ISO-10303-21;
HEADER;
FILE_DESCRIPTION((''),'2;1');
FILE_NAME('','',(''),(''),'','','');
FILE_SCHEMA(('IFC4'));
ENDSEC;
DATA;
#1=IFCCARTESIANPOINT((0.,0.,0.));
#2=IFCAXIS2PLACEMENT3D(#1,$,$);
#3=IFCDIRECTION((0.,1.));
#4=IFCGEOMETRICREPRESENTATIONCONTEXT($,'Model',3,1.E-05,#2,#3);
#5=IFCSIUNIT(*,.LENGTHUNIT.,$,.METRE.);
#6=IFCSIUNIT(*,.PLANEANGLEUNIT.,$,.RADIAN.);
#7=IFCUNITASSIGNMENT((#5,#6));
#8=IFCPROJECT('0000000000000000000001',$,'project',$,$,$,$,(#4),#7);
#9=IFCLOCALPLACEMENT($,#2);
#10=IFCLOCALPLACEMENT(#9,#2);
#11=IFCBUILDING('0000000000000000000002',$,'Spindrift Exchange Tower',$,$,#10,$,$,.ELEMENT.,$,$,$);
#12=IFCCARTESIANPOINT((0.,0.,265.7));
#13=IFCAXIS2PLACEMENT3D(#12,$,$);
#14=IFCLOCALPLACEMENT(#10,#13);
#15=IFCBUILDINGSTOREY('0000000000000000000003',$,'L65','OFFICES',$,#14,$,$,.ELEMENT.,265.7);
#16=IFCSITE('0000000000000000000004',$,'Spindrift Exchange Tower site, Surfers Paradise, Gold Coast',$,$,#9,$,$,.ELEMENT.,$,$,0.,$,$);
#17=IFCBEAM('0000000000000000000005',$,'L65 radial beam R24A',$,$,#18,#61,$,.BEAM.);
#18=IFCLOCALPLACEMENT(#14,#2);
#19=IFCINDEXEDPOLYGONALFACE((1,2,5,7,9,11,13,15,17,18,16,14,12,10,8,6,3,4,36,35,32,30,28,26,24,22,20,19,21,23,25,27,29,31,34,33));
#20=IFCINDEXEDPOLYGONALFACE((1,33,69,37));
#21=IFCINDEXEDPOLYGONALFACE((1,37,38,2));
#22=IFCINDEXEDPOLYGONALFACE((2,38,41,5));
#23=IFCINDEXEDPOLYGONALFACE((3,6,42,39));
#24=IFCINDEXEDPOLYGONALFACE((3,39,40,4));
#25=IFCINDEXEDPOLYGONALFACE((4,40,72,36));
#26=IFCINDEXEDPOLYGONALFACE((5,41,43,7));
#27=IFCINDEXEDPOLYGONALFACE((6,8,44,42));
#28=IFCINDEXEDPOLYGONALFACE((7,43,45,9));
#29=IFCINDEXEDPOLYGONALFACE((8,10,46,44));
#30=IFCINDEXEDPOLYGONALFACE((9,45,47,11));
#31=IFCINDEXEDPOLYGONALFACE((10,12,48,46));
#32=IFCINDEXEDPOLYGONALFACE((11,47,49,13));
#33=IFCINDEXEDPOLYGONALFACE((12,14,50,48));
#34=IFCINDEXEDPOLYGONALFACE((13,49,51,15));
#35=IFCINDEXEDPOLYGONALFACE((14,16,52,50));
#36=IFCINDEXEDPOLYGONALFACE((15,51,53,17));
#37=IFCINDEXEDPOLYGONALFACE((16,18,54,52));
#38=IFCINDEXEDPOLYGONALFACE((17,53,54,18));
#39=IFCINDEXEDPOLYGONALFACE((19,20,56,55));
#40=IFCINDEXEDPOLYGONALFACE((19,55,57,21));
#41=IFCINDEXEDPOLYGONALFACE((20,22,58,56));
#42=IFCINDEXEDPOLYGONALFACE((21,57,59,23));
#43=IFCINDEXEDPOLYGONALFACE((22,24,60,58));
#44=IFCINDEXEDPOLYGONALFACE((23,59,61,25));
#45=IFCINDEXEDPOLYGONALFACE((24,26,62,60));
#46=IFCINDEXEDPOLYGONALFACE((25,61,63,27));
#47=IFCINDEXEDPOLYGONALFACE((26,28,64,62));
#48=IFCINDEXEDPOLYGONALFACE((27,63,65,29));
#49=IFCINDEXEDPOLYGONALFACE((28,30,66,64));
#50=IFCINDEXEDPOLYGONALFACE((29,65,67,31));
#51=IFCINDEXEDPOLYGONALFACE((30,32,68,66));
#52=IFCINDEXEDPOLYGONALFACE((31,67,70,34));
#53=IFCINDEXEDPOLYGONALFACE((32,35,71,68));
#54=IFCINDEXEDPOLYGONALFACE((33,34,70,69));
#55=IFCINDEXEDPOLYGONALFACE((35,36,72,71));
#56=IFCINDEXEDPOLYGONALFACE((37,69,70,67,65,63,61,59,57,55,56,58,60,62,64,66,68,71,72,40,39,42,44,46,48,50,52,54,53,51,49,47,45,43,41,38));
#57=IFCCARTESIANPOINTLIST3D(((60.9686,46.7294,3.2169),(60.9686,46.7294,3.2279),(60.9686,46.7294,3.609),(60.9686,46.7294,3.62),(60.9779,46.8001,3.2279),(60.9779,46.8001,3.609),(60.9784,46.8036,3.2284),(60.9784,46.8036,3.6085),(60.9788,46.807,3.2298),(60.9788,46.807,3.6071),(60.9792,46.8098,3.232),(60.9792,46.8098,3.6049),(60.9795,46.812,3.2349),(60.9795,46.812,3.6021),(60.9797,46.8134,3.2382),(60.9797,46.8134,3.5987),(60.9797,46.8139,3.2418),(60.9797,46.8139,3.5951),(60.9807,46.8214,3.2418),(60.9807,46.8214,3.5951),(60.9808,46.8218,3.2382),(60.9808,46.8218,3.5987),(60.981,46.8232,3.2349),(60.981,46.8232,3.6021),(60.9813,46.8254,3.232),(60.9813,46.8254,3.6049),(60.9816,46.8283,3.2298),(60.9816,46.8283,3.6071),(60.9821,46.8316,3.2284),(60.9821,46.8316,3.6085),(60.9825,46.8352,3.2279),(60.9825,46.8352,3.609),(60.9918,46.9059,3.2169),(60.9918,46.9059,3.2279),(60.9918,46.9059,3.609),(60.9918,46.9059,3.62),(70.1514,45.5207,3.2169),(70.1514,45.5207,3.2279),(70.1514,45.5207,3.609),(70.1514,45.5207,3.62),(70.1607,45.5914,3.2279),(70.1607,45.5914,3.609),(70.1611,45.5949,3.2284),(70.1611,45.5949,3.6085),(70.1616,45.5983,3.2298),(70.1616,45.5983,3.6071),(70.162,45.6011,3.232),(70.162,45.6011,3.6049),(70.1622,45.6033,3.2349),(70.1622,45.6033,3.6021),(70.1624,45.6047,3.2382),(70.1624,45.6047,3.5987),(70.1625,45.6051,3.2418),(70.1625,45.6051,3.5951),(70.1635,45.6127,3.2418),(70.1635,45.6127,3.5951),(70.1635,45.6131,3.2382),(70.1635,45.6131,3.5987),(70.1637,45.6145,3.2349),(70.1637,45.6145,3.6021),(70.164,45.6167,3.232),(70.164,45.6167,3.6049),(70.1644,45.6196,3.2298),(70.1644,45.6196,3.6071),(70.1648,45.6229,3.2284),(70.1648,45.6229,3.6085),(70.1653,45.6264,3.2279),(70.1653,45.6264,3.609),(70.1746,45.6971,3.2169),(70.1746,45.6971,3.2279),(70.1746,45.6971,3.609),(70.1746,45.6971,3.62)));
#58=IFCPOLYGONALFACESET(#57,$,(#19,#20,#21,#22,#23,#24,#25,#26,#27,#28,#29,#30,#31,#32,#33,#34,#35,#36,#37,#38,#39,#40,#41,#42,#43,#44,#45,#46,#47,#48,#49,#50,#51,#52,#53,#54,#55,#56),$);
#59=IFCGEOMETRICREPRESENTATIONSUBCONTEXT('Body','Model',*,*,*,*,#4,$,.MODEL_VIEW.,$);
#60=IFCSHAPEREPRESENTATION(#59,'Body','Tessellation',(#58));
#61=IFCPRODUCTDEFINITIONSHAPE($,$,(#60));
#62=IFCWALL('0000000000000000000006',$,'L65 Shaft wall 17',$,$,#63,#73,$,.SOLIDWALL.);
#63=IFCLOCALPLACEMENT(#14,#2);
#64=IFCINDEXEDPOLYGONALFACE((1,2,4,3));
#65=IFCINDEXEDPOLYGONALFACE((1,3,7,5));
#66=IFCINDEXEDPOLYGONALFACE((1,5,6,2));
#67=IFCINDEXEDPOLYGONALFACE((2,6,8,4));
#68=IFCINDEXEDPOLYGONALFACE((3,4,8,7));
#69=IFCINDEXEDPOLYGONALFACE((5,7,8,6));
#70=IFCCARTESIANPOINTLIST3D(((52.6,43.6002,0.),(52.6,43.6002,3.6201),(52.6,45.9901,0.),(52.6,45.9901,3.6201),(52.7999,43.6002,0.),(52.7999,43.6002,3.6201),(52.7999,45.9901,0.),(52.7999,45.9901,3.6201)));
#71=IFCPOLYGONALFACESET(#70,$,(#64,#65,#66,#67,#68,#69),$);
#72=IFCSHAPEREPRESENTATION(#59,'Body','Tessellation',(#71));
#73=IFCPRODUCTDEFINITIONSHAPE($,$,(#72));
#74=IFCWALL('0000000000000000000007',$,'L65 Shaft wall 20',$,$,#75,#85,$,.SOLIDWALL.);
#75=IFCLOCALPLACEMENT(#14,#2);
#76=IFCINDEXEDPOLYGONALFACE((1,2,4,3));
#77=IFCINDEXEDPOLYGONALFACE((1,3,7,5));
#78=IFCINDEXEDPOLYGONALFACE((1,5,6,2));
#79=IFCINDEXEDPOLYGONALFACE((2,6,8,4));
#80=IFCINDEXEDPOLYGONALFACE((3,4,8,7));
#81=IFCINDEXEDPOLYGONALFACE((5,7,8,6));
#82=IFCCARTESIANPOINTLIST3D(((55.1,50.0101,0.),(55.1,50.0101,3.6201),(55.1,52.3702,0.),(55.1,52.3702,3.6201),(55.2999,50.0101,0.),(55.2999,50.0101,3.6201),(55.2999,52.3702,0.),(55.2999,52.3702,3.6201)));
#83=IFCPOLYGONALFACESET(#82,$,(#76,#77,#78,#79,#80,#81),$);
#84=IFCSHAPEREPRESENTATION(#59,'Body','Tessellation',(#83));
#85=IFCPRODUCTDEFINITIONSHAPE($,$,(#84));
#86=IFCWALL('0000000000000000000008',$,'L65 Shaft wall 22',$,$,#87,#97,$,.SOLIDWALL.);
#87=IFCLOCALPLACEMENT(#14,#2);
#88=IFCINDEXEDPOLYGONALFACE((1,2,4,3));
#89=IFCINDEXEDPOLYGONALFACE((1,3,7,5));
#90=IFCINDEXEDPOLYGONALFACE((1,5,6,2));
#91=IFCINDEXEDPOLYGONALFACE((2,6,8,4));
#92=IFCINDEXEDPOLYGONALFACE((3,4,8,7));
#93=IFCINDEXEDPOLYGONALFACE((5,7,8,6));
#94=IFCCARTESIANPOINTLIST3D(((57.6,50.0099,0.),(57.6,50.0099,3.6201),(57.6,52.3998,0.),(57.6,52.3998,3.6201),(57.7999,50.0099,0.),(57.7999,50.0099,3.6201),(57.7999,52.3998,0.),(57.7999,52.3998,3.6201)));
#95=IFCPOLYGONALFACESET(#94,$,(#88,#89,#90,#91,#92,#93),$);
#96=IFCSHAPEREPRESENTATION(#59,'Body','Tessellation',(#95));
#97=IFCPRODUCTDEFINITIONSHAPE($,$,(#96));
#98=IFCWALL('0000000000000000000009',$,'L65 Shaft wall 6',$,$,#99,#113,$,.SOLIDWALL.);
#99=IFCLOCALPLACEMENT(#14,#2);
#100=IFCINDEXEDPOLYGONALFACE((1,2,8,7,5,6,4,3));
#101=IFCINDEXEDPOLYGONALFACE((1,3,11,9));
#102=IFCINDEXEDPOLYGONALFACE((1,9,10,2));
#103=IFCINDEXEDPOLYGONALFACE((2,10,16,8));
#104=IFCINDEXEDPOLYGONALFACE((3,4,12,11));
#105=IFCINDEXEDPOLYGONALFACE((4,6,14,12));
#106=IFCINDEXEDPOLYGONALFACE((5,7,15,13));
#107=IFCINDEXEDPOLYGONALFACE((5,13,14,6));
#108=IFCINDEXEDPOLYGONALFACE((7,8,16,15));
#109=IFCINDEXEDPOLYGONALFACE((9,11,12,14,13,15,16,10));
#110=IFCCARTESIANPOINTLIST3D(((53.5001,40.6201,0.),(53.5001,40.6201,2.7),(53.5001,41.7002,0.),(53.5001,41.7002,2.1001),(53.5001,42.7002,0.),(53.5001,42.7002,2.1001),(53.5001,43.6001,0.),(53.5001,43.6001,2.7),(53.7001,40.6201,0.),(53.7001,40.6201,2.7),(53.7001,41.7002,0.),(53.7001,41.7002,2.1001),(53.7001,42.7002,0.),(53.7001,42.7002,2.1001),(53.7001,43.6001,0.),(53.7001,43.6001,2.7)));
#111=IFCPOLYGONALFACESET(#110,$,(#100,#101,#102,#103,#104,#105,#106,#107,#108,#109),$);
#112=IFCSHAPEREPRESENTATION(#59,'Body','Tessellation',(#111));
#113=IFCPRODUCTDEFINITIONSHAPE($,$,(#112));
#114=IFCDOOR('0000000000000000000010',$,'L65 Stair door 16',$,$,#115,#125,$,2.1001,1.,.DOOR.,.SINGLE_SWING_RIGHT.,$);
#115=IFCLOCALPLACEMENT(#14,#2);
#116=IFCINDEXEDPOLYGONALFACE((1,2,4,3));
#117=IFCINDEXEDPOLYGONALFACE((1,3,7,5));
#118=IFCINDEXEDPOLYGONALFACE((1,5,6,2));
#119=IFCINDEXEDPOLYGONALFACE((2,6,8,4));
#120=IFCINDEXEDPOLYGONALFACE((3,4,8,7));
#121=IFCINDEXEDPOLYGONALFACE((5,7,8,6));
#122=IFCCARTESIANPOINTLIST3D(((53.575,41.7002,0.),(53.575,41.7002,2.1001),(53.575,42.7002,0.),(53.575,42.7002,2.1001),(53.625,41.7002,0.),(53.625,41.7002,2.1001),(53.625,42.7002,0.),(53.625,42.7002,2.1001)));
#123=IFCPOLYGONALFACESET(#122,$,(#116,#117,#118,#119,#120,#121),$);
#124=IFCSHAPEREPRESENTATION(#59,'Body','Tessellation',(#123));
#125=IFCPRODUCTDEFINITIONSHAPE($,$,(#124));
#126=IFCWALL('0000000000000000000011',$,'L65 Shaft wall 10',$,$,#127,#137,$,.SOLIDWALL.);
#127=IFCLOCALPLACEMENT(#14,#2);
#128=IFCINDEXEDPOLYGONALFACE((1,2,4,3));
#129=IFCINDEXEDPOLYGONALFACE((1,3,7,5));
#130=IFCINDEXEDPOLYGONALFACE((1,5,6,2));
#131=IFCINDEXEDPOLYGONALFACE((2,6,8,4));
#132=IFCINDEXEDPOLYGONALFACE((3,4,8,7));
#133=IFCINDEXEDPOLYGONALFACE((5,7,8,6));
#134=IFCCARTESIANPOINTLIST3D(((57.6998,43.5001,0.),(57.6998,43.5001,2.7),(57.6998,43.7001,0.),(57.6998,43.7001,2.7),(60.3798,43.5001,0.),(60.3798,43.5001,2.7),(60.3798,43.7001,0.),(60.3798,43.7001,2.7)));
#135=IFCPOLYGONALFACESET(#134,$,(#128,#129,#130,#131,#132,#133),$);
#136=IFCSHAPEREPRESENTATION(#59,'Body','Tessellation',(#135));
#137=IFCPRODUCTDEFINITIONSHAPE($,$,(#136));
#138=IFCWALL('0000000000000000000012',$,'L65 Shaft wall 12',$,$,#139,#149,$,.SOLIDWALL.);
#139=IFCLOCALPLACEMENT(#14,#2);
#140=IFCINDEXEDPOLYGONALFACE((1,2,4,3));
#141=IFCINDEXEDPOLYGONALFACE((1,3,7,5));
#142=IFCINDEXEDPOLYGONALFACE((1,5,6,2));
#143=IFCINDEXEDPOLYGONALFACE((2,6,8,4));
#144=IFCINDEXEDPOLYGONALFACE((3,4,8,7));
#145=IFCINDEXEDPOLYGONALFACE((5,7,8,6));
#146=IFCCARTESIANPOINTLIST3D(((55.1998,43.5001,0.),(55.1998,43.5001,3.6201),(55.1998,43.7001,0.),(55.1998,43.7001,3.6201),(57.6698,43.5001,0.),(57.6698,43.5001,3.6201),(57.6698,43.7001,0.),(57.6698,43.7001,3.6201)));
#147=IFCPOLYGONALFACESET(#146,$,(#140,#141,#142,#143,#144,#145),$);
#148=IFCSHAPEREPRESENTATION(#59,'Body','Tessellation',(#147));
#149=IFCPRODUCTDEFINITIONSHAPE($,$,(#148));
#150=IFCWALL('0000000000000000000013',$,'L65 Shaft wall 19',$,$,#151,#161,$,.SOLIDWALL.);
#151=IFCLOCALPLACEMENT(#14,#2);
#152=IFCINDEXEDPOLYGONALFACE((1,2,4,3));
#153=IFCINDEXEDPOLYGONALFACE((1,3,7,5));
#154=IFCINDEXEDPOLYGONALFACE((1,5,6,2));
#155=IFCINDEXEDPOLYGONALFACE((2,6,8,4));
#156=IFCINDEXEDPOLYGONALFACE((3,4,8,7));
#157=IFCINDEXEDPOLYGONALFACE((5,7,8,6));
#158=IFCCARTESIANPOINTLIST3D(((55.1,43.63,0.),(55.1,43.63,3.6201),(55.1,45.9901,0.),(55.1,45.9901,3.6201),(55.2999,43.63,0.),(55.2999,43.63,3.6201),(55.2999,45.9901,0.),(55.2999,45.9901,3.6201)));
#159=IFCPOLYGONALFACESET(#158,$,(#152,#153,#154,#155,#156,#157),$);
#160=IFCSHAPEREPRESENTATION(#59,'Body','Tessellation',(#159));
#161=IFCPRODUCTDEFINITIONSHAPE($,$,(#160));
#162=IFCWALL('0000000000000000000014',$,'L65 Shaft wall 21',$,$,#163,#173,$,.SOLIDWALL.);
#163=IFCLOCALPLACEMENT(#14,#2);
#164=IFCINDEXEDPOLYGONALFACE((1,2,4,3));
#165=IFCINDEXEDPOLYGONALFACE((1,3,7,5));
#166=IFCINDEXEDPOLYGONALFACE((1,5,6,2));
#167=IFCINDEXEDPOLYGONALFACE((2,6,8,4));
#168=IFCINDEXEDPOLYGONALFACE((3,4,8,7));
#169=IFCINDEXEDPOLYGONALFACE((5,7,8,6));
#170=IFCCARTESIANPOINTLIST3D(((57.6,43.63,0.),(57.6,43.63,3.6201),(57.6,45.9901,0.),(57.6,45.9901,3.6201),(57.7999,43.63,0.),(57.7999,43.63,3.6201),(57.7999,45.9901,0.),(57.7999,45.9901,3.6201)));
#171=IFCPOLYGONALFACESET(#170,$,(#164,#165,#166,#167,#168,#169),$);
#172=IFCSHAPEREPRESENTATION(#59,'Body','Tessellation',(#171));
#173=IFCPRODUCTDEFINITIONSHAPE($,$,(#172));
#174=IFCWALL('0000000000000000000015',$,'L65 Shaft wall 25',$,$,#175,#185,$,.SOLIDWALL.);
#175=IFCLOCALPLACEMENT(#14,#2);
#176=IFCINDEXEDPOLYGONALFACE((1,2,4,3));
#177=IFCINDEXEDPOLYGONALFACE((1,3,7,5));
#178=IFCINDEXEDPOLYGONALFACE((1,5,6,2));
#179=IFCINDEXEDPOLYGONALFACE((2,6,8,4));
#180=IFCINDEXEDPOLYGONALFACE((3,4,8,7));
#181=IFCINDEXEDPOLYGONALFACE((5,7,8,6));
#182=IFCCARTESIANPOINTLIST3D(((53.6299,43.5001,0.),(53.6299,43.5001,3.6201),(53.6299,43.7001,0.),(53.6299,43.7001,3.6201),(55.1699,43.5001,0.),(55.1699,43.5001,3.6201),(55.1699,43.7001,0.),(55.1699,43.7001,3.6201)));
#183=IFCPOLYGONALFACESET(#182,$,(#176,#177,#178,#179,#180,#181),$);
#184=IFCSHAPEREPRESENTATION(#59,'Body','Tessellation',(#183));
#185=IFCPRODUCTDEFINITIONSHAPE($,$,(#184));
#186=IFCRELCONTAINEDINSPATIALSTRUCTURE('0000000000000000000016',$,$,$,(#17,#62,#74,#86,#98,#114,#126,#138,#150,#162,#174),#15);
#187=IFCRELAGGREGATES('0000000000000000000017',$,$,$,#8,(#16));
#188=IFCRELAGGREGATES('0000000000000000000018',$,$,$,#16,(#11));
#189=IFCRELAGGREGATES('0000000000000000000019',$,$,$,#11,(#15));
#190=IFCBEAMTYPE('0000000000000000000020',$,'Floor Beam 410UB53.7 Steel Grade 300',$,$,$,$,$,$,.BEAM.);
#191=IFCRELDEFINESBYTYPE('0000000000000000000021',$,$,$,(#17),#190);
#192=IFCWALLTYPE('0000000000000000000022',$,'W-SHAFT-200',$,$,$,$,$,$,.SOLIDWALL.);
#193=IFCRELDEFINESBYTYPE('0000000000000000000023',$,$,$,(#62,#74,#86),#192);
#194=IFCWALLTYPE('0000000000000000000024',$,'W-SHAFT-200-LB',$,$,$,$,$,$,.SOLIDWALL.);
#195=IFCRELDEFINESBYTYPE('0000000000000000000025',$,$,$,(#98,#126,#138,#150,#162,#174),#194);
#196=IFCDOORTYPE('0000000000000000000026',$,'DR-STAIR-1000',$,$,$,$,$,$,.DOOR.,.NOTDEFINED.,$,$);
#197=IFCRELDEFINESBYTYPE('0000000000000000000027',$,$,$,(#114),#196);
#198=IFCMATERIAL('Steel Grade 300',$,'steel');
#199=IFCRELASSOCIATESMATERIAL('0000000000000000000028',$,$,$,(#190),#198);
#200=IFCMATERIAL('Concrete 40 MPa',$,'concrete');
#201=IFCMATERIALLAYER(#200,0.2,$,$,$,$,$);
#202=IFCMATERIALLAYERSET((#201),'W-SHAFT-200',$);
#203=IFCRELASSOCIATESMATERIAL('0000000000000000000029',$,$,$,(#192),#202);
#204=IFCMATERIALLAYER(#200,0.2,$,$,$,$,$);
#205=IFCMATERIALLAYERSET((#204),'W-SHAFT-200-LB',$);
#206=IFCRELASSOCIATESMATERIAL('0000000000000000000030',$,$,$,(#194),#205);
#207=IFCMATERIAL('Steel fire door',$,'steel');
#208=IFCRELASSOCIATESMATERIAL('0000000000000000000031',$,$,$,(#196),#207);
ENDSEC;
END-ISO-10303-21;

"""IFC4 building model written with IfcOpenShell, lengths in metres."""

from ifc_helpers import new_model, si_unit, direction, frame, frame_2d, origin, origin_2d, place, context, subcontext, project, spatial, rectangle, i_section, extrude, source, transform, mapped, material, layer, layer_set, material_profile, profile_set, type_object, element, fill, save


model = new_model("IFC4")

# Units and contexts
model_context = context("Model", 3, precision=1e-05, world=origin(), true_north=direction((0.0, 1.0)))
body_context = subcontext(model_context, "Body", "Model", "MODEL_VIEW")
ifc_project = project(units=[si_unit("LENGTHUNIT", "METRE"), si_unit("PLANEANGLEUNIT", "RADIAN")], contexts=[model_context])

# Site, building, storey
site_placement = place(None, origin())
site = spatial("IfcSite", under=ifc_project, at=site_placement, Name="Spindrift Exchange Tower site, Surfers Paradise, Gold Coast", CompositionType="ELEMENT", RefElevation=0.0)
building_placement = place(site_placement, origin())
building = spatial("IfcBuilding", under=site, at=building_placement, Name="Spindrift Exchange Tower", CompositionType="ELEMENT")
storey_placement = place(building_placement, frame((0.0, 0.0, 265.7)))
storey = spatial("IfcBuildingStorey", under=building, at=storey_placement, Name="L65", Description="OFFICES", CompositionType="ELEMENT", Elevation=265.7)

# Beam
ifc_material_1 = material(Name="Steel Grade 300", Category="steel")
ifc_material_profile_1 = material_profile(ifc_material_1, i_section(OverallWidth=0.178, OverallDepth=0.4031, WebThickness=0.0076, FlangeThickness=0.011, FilletRadius=0.0139, at=origin_2d()), Name="410UB53.7")
ifc_profile_set_1 = profile_set([ifc_material_profile_1], Name="Steel Grade 300")
beam_type_1 = type_object("IfcBeamType", Name="Floor Beam 410UB53.7 Steel Grade 300", PredefinedType="BEAM", material=ifc_profile_set_1)
shared_shape_1 = source(origin(), body_context, "Body", "SweptSolid", [
    extrude(i_section(OverallWidth=0.178, OverallDepth=0.4031, WebThickness=0.0076, FlangeThickness=0.011, FilletRadius=0.0139, at=origin_2d()), origin(), (0.0, 0.0, 1.0), 9.262),
])
beam_1_placement = place(storey_placement, frame((60.9802, 46.8176, 3.4185), z_axis=(0.991448, -0.130504, 0.0), x_axis=(0.130504, 0.991448, 0.0)))
element("IfcBeam", 1, at=beam_1_placement, inside=storey, type_object=beam_type_1, Name="L65 radial beam R24A", PredefinedType="BEAM", context=body_context, shape_type="MappedRepresentation", body=[
    mapped(shared_shape_1, transform((0.0, 0.0, 0.0), scale=1.0)),
])

# Walls
ifc_material_2 = material(Name="Concrete 40 MPa", Category="concrete")
ifc_layer_1 = layer(ifc_material_2, 0.2)
ifc_layer_set_1 = layer_set([ifc_layer_1], Name="W-SHAFT-200")
wall_type_1 = type_object("IfcWallType", Name="W-SHAFT-200", PredefinedType="SOLIDWALL", material=ifc_layer_set_1)
wall_1_placement = place(storey_placement, frame((52.7, 45.99, 0.0), z_axis=(0.0, 0.0, 1.0), x_axis=(0.0, -1.0, 0.0)))
element("IfcWall", 2, at=wall_1_placement, inside=storey, type_object=wall_type_1, Name="L65 Shaft wall 17", PredefinedType="SOLIDWALL", context=body_context, shape_type="SweptSolid", body=[
    extrude(rectangle(XDim=2.3899, YDim=0.2, at=frame_2d((1.1948, 0.0))), origin(), (0.0, 0.0, 1.0), 3.6201),
])
wall_2_placement = place(storey_placement, frame((55.2, 50.01, 0.0), z_axis=(0.0, 0.0, 1.0), x_axis=(0.0, 1.0, 0.0)))
element("IfcWall", 3, at=wall_2_placement, inside=storey, type_object=wall_type_1, Name="L65 Shaft wall 20", PredefinedType="SOLIDWALL", context=body_context, shape_type="SweptSolid", body=[
    extrude(rectangle(XDim=2.3601, YDim=0.2, at=frame_2d((1.1802, 0.0))), origin(), (0.0, 0.0, 1.0), 3.6201),
])
wall_3_placement = place(storey_placement, frame((57.7, 50.01, 0.0), z_axis=(0.0, 0.0, 1.0), x_axis=(0.0, 1.0, 0.0)))
element("IfcWall", 4, at=wall_3_placement, inside=storey, type_object=wall_type_1, Name="L65 Shaft wall 22", PredefinedType="SOLIDWALL", context=body_context, shape_type="SweptSolid", body=[
    extrude(rectangle(XDim=2.3899, YDim=0.2, at=frame_2d((1.1948, 0.0))), origin(), (0.0, 0.0, 1.0), 3.6201),
])

# Wall, opening, door
ifc_layer_2 = layer(ifc_material_2, 0.2)
ifc_layer_set_2 = layer_set([ifc_layer_2], Name="W-SHAFT-200-LB")
wall_type_2 = type_object("IfcWallType", Name="W-SHAFT-200-LB", PredefinedType="SOLIDWALL", material=ifc_layer_set_2)
wall_4_placement = place(storey_placement, frame((53.6001, 43.6001, 0.0), z_axis=(0.0, 0.0, 1.0), x_axis=(0.0, -1.0, 0.0)))
wall_4 = element("IfcWall", 5, at=wall_4_placement, inside=storey, type_object=wall_type_2, Name="L65 Shaft wall 6", PredefinedType="SOLIDWALL", context=body_context, shape_type="SweptSolid", body=[
    extrude(rectangle(XDim=2.98, YDim=0.2, at=frame_2d((1.49, 0.0))), origin(), (0.0, 0.0, 1.0), 2.7),
])
opening_placement = place(wall_4_placement, frame((0.8999, 0.0, 0.0)))
opening = element("IfcOpeningElement", 6, at=opening_placement, cuts=wall_4, PredefinedType="OPENING", context=body_context, shape_type="SweptSolid", body=[
    extrude(rectangle(XDim=1.0, YDim=2.1001, at=frame_2d((0.5, 1.05))), frame((0.0, 0.1099, 0.0), z_axis=(0.0, -1.0, 0.0), x_axis=(1.0, 0.0, 0.0)), (0.0, 0.0, 1.0), 0.22),
])
ifc_material_3 = material(Name="Steel fire door", Category="steel")
door_type = type_object("IfcDoorType", Name="DR-STAIR-1000", OperationType="NOTDEFINED", PredefinedType="DOOR", material=ifc_material_3)
shared_shape_2 = source(origin(), body_context, "Body", "SweptSolid", [
    extrude(rectangle(XDim=1.0, YDim=2.1001, at=frame_2d((0.5, 1.05))), frame((0.0, 0.0249, 0.0), z_axis=(0.0, -1.0, 0.0), x_axis=(1.0, 0.0, 0.0)), (0.0, 0.0, 1.0), 0.05),
])
door_placement = place(opening_placement, origin())
door = element("IfcDoor", 7, at=door_placement, inside=storey, type_object=door_type, Name="L65 Stair door 16", OperationType="SINGLE_SWING_RIGHT", OverallHeight=2.1001, OverallWidth=1.0, PredefinedType="DOOR", context=body_context, shape_type="MappedRepresentation", body=[
    mapped(shared_shape_2, transform((0.0, 0.0, 0.0), scale=1.0)),
])
fill(opening, door)

# Walls
wall_5_placement = place(storey_placement, frame((57.7, 43.6001, 0.0), z_axis=(0.0, 0.0, 1.0), x_axis=(1.0, 0.0, 0.0)))
element("IfcWall", 8, at=wall_5_placement, inside=storey, type_object=wall_type_2, Name="L65 Shaft wall 10", PredefinedType="SOLIDWALL", context=body_context, shape_type="SweptSolid", body=[
    extrude(rectangle(XDim=2.6799, YDim=0.2, at=frame_2d((1.3398, 0.0))), origin(), (0.0, 0.0, 1.0), 2.7),
])
wall_6_placement = place(storey_placement, frame((55.2, 43.6001, 0.0), z_axis=(0.0, 0.0, 1.0), x_axis=(1.0, 0.0, 0.0)))
element("IfcWall", 9, at=wall_6_placement, inside=storey, type_object=wall_type_2, Name="L65 Shaft wall 12", PredefinedType="SOLIDWALL", context=body_context, shape_type="SweptSolid", body=[
    extrude(rectangle(XDim=2.47, YDim=0.2, at=frame_2d((1.2349, 0.0))), origin(), (0.0, 0.0, 1.0), 3.6201),
])
for number, where, z_axis, x_axis, name in (
    (10, (55.2, 43.6299, 0.0), (0.0, 0.0, 1.0), (0.0, 1.0, 0.0), "L65 Shaft wall 19"),
    (11, (57.7, 43.6299, 0.0), (0.0, 0.0, 1.0), (0.0, 1.0, 0.0), "L65 Shaft wall 21"),
):
    element("IfcWall", number, at=place(storey_placement, frame(where, z_axis=z_axis, x_axis=x_axis)), inside=storey, type_object=wall_type_2, Name=name, PredefinedType="SOLIDWALL", context=body_context, shape_type="SweptSolid", body=[
        extrude(rectangle(XDim=2.3601, YDim=0.2, at=frame_2d((1.1802, 0.0))), origin(), (0.0, 0.0, 1.0), 3.6201),
    ])
wall_7_placement = place(storey_placement, frame((53.6299, 43.6001, 0.0), z_axis=(0.0, 0.0, 1.0), x_axis=(1.0, 0.0, 0.0)))
element("IfcWall", 12, at=wall_7_placement, inside=storey, type_object=wall_type_2, Name="L65 Shaft wall 25", PredefinedType="SOLIDWALL", context=body_context, shape_type="SweptSolid", body=[
    extrude(rectangle(XDim=1.54, YDim=0.2, at=frame_2d((0.77, 0.0))), origin(), (0.0, 0.0, 1.0), 3.6201),
])

save(model, "model.ifc")
